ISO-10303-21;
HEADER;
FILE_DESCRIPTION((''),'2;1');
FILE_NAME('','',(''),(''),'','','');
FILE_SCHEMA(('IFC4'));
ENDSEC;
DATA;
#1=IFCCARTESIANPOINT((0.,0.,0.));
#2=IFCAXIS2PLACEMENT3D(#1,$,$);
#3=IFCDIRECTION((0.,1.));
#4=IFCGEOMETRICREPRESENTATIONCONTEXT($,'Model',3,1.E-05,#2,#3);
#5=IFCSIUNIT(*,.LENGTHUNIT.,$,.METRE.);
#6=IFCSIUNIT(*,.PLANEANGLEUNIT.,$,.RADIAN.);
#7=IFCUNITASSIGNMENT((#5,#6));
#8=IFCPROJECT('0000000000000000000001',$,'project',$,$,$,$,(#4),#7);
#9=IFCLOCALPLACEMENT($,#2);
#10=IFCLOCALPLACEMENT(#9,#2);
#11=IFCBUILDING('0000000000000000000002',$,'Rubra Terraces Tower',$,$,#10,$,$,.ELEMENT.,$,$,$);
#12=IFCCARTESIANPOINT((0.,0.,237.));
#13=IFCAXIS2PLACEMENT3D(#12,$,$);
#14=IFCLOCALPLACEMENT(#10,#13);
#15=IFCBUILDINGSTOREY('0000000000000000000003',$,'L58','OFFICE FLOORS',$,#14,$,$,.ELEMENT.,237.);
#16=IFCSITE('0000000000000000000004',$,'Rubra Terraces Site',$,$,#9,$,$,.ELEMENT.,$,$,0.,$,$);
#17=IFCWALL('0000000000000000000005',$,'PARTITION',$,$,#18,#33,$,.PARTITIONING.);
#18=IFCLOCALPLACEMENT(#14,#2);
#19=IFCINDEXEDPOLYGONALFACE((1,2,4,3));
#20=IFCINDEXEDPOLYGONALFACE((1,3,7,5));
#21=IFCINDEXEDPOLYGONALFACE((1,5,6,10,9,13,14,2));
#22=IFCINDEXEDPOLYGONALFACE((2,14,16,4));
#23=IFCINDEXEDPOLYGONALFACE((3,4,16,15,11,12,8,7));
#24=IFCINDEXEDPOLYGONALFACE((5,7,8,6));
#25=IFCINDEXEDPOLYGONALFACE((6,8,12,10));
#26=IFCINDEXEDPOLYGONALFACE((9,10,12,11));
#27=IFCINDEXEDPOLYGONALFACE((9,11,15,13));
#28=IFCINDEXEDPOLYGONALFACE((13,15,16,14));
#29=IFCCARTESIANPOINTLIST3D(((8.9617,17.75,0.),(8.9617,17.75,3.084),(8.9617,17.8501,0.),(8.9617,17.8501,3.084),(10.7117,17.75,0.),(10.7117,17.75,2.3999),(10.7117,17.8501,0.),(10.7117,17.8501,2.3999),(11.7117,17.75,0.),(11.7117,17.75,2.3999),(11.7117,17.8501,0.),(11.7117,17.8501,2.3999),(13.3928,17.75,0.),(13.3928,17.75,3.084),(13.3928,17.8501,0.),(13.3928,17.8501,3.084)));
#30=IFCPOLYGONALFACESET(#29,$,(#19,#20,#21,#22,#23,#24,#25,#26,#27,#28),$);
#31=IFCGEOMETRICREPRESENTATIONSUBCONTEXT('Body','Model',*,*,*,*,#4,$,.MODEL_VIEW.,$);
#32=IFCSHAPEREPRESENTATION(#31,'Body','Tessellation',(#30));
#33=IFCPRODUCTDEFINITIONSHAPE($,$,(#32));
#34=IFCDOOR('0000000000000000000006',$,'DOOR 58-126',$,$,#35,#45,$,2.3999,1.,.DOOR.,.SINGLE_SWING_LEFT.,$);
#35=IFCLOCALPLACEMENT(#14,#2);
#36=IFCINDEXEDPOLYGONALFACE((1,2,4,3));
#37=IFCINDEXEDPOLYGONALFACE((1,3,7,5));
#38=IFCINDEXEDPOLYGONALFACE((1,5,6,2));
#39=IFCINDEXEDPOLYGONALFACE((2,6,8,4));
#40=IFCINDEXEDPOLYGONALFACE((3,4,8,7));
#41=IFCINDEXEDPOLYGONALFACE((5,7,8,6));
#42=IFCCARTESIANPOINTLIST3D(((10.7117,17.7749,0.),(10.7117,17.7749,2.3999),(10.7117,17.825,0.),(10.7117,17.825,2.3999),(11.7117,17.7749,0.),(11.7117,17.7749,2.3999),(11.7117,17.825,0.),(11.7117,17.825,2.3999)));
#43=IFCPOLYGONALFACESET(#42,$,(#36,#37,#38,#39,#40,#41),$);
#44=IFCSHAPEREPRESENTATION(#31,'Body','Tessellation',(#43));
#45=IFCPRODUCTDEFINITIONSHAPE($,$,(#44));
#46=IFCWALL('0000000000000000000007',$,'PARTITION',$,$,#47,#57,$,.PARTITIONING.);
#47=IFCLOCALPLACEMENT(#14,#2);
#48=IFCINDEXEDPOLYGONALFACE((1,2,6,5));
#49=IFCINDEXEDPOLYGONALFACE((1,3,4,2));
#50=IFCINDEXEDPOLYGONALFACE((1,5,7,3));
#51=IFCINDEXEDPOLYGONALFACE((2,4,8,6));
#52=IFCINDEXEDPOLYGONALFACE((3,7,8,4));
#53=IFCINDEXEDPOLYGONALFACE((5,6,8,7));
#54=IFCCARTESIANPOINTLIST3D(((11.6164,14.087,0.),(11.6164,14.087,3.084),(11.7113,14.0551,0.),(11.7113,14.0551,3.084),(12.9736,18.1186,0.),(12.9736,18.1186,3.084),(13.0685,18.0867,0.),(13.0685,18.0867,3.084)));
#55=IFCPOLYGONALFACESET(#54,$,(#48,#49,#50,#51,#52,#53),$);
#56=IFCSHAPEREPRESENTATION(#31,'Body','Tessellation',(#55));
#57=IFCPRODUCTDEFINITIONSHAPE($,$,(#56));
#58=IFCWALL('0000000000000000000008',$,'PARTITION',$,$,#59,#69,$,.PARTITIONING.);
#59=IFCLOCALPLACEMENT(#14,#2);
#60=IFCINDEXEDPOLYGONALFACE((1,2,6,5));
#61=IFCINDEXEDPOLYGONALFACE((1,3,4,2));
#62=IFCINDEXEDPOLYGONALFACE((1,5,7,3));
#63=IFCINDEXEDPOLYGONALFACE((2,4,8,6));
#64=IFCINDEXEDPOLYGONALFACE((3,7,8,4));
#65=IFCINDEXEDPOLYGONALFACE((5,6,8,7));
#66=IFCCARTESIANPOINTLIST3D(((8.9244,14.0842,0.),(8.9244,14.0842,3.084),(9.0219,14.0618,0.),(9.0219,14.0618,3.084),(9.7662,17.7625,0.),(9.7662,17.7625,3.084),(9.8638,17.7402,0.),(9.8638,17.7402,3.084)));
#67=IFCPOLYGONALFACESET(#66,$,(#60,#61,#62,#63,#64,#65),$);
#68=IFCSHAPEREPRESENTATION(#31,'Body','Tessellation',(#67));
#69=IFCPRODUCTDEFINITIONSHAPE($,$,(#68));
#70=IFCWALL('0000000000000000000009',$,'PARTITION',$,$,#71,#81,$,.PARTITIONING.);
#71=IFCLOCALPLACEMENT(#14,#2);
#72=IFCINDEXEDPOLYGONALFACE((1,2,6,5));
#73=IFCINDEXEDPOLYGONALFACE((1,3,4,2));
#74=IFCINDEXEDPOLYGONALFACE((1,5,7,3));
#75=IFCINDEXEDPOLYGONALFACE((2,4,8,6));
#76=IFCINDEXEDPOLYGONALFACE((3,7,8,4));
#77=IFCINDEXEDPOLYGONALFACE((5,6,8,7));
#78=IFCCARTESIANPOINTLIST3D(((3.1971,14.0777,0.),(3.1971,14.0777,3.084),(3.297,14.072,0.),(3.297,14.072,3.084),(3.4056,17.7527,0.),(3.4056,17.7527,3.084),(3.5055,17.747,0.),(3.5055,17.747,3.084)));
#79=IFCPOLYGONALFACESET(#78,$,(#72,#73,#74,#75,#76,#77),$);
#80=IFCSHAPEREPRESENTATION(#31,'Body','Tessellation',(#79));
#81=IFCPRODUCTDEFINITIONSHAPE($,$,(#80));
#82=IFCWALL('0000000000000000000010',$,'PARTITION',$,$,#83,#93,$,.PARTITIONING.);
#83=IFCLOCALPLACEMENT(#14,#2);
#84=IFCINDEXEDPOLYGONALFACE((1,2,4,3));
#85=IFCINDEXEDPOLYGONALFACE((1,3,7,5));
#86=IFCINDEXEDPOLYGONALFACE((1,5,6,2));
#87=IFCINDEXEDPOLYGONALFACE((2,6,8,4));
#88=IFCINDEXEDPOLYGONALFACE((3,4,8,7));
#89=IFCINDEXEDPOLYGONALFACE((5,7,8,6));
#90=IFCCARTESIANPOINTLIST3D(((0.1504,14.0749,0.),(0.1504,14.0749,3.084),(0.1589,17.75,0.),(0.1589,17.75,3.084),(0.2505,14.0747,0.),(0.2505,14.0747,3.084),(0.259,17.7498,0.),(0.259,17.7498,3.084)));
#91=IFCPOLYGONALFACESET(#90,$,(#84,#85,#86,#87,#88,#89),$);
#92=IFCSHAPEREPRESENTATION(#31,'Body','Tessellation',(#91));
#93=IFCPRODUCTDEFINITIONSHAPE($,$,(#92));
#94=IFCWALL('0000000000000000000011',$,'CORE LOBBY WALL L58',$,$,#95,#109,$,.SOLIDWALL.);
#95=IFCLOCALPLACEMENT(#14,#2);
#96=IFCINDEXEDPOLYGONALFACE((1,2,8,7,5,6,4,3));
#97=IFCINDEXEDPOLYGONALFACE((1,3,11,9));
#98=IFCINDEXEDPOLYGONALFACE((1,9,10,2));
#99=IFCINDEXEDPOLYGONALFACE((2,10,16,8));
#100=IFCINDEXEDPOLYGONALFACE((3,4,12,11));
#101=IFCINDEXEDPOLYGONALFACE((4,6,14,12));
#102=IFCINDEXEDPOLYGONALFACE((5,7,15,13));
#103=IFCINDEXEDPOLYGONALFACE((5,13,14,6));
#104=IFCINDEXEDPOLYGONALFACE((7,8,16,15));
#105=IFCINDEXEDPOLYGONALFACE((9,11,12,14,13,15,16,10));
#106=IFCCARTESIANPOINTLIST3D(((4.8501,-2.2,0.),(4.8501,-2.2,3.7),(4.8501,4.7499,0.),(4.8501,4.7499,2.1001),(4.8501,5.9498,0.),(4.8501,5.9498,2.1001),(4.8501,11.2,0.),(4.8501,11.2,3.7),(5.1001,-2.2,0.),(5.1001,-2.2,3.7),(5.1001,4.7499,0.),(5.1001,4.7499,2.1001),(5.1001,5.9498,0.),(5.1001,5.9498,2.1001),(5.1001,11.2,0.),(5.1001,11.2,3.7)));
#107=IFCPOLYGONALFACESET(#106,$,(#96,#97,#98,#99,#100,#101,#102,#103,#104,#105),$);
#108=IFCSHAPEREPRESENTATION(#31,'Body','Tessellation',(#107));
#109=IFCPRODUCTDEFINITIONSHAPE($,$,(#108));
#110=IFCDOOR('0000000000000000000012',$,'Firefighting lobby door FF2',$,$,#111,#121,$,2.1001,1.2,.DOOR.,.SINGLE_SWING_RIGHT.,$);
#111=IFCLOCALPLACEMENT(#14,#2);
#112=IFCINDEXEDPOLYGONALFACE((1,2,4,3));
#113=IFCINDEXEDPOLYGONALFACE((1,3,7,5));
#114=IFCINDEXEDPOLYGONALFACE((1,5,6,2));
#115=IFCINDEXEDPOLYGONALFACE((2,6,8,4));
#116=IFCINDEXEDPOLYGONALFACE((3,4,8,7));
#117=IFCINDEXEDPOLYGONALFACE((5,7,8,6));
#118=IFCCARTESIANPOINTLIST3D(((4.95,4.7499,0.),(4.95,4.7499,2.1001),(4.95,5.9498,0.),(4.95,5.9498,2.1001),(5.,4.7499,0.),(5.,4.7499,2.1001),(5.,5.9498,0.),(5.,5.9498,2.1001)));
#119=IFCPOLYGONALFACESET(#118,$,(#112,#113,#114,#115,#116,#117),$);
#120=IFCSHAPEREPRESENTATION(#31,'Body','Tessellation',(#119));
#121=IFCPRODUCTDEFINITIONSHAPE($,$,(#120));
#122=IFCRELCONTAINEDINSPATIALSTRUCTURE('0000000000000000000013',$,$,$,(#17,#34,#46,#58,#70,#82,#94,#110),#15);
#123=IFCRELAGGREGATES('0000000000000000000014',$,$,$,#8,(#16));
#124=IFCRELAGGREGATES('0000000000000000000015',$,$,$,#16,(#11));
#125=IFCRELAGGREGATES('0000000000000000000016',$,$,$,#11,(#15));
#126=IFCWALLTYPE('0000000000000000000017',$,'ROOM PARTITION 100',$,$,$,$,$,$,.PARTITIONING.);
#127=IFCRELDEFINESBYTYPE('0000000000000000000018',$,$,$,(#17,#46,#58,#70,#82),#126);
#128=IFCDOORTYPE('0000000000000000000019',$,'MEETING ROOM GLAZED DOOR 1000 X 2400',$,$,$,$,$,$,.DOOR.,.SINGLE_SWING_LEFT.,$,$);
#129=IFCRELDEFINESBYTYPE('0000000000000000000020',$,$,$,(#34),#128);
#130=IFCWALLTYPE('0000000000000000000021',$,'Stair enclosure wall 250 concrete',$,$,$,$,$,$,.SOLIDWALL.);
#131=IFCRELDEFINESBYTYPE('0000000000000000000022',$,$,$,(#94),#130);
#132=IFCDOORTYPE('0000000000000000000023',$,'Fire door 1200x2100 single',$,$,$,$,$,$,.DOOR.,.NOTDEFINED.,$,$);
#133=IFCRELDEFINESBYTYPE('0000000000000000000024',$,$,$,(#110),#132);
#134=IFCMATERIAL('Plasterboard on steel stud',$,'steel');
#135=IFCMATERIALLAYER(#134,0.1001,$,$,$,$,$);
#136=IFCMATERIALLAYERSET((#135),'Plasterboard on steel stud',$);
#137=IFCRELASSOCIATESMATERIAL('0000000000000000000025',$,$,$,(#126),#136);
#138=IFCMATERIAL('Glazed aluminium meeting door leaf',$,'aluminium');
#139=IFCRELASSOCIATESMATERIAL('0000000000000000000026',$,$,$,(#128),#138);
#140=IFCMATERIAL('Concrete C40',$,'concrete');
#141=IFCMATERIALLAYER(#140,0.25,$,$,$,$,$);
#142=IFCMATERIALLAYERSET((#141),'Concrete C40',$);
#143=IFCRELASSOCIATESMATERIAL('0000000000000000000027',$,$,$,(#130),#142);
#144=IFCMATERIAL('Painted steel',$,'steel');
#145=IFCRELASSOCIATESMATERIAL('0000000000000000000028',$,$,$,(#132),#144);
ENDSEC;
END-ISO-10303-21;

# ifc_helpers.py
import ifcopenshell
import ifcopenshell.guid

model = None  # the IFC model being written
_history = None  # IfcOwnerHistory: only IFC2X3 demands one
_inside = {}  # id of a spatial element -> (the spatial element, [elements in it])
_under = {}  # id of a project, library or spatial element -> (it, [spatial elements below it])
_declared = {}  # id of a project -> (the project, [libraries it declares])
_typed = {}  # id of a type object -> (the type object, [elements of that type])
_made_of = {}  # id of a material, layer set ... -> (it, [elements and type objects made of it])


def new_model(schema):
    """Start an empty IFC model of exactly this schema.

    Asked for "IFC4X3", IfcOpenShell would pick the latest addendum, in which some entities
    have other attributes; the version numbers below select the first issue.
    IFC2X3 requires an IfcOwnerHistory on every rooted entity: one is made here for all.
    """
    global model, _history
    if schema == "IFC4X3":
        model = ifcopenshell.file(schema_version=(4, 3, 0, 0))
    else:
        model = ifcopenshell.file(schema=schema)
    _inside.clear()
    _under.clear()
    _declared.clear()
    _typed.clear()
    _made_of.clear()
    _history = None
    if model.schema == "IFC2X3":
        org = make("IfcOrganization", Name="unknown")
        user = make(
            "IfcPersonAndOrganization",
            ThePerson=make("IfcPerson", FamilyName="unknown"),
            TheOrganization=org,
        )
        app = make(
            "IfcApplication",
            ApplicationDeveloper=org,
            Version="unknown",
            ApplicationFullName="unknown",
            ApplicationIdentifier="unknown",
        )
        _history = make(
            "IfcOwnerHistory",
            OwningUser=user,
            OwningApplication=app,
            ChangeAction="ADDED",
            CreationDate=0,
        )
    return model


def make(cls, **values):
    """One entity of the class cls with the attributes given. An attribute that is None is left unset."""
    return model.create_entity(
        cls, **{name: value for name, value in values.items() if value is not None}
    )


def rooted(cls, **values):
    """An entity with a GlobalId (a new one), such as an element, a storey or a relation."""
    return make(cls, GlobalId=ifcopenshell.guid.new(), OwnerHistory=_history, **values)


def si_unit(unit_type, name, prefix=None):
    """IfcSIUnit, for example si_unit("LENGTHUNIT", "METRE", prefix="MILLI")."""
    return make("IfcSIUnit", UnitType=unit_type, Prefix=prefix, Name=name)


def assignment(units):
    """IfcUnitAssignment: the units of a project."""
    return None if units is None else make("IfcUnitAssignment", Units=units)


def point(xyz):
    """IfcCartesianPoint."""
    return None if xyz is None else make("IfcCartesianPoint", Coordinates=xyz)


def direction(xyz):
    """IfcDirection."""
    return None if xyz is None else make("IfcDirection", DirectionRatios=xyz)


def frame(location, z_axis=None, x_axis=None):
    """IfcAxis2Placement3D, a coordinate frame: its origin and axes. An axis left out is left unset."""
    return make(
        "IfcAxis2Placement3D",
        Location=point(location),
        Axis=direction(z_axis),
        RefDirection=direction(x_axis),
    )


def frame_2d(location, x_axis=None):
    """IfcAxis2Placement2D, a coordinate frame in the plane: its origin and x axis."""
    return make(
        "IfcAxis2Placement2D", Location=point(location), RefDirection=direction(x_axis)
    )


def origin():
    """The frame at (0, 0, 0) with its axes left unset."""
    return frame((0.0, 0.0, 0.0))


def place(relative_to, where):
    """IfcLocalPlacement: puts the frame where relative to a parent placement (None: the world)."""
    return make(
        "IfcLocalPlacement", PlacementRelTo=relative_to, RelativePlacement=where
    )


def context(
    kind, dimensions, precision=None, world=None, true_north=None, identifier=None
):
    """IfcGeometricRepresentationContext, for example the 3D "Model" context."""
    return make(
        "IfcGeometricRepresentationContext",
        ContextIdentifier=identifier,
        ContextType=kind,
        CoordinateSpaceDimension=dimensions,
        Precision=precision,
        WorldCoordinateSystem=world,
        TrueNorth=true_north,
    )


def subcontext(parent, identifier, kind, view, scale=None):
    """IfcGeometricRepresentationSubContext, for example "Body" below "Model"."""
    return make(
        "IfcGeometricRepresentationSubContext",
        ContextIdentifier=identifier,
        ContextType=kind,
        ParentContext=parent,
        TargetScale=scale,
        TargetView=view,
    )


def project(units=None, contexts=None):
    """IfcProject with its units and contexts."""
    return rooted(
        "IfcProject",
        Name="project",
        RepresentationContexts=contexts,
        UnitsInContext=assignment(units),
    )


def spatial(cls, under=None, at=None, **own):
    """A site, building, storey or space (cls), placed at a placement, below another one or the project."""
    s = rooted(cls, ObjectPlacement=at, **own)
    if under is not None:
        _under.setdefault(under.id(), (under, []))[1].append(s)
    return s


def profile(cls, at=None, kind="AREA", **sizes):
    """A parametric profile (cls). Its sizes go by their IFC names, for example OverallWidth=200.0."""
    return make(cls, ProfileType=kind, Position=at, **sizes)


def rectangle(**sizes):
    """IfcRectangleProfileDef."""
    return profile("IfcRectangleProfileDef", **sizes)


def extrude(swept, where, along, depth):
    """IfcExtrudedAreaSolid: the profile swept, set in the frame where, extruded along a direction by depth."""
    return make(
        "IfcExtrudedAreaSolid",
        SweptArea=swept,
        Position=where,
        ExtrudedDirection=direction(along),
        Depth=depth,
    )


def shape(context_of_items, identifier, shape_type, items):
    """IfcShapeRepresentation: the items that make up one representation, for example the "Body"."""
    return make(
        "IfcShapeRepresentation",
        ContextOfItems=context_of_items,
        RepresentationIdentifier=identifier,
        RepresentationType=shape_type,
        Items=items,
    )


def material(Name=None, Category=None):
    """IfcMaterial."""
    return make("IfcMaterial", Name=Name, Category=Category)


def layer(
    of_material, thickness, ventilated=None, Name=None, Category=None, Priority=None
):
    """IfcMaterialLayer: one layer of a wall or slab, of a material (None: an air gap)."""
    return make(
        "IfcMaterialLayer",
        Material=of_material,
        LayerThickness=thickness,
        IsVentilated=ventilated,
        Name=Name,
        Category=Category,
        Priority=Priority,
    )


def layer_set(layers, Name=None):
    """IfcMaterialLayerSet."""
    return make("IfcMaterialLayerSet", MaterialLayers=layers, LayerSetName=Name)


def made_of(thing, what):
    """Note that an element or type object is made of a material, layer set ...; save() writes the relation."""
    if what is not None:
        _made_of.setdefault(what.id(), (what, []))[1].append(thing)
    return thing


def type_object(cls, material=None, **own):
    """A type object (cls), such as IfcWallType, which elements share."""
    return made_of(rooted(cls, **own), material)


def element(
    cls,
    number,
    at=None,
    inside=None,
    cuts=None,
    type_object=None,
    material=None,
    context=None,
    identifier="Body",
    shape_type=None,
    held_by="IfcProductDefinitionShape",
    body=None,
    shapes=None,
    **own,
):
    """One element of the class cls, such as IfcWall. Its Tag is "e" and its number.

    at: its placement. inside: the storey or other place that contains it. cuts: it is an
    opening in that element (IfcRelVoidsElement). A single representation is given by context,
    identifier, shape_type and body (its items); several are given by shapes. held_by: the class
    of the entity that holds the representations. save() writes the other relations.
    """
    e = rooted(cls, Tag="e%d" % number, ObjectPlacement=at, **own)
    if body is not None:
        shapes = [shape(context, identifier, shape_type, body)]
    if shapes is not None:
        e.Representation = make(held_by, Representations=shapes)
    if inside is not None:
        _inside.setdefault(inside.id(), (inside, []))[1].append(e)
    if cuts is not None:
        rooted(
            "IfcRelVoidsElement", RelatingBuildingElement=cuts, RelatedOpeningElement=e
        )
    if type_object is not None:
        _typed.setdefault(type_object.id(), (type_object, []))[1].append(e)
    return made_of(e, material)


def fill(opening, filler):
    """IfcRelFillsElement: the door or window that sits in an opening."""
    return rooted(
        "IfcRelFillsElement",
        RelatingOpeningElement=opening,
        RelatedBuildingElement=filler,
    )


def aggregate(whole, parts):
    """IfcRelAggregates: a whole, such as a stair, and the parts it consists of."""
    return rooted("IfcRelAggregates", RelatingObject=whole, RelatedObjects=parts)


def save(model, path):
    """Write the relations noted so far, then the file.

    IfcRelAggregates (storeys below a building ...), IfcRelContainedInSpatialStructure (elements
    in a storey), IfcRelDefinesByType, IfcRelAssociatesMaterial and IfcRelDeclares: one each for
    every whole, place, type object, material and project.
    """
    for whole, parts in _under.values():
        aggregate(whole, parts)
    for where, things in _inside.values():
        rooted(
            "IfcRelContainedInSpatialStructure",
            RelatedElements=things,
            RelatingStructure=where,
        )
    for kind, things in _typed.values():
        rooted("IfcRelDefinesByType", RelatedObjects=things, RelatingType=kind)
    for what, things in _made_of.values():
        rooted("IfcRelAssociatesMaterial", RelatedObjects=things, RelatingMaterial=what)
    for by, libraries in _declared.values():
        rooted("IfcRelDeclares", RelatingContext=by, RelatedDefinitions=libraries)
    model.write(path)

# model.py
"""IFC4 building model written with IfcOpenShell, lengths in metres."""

from ifc_helpers import new_model, si_unit, direction, frame, frame_2d, origin, place, context, subcontext, project, spatial, rectangle, extrude, material, layer, layer_set, type_object, element, fill, save


model = new_model("IFC4")

# Units and contexts
model_context = context("Model", 3, precision=1e-05, world=origin(), true_north=direction((0.0, 1.0)))
body_context = subcontext(model_context, "Body", "Model", "MODEL_VIEW")
ifc_project = project(units=[si_unit("LENGTHUNIT", "METRE"), si_unit("PLANEANGLEUNIT", "RADIAN")], contexts=[model_context])

# Site, building, storey
site_placement = place(None, origin())
site = spatial("IfcSite", under=ifc_project, at=site_placement, Name="Rubra Terraces Site", CompositionType="ELEMENT", RefElevation=0.0)
building_placement = place(site_placement, origin())
building = spatial("IfcBuilding", under=site, at=building_placement, Name="Rubra Terraces Tower", CompositionType="ELEMENT")
storey_placement = place(building_placement, frame((0.0, 0.0, 237.0)))
storey = spatial("IfcBuildingStorey", under=building, at=storey_placement, Name="L58", Description="OFFICE FLOORS", CompositionType="ELEMENT", Elevation=237.0)

# Wall, opening, door
ifc_material_1 = material(Name="Plasterboard on steel stud", Category="steel")
ifc_layer_1 = layer(ifc_material_1, 0.1001)
ifc_layer_set_1 = layer_set([ifc_layer_1], Name="Plasterboard on steel stud")
wall_type_1 = type_object("IfcWallType", Name="ROOM PARTITION 100", PredefinedType="PARTITIONING", material=ifc_layer_set_1)
wall_1_placement = place(storey_placement, frame((8.9617, 17.8, 0.0), z_axis=(0.0, 0.0, 1.0), x_axis=(1.0, 0.0, 0.0)))
wall_1 = element("IfcWall", 1, at=wall_1_placement, inside=storey, type_object=wall_type_1, Name="PARTITION", PredefinedType="PARTITIONING", context=body_context, shape_type="SweptSolid", body=[
    extrude(rectangle(XDim=4.4312, YDim=0.1001, at=frame_2d((2.2156, 0.0))), origin(), (0.0, 0.0, 1.0), 3.084),
])
opening_1_placement = place(wall_1_placement, frame((1.75, 0.0, 0.0)))
opening_1 = element("IfcOpeningElement", 2, at=opening_1_placement, cuts=wall_1, PredefinedType="OPENING", context=body_context, shape_type="SweptSolid", body=[
    extrude(rectangle(XDim=1.0, YDim=2.3999, at=frame_2d((0.5, 1.2))), frame((0.0, 0.0601, 0.0), z_axis=(0.0, -1.0, 0.0), x_axis=(1.0, 0.0, 0.0)), (0.0, 0.0, 1.0), 0.1201),
])
ifc_material_2 = material(Name="Glazed aluminium meeting door leaf", Category="aluminium")
door_type_1 = type_object("IfcDoorType", Name="MEETING ROOM GLAZED DOOR 1000 X 2400", OperationType="SINGLE_SWING_LEFT", PredefinedType="DOOR", material=ifc_material_2)
door_1_placement = place(opening_1_placement, origin())
door_1 = element("IfcDoor", 3, at=door_1_placement, inside=storey, type_object=door_type_1, Name="DOOR 58-126", OperationType="SINGLE_SWING_LEFT", OverallHeight=2.3999, OverallWidth=1.0, PredefinedType="DOOR", context=body_context, shape_type="SweptSolid", body=[
    extrude(rectangle(XDim=1.0, YDim=2.3999, at=frame_2d((0.5, 1.2))), frame((0.0, 0.0249, 0.0), z_axis=(0.0, -1.0, 0.0), x_axis=(1.0, 0.0, 0.0)), (0.0, 0.0, 1.0), 0.05),
])
fill(opening_1, door_1)

# Walls
wall_2_placement = place(storey_placement, frame((11.6638, 14.071, 0.0), z_axis=(0.0, 0.0, 1.0), x_axis=(0.31905, 0.947738, 0.0)))
element("IfcWall", 4, at=wall_2_placement, inside=storey, type_object=wall_type_1, Name="PARTITION", PredefinedType="PARTITIONING", context=body_context, shape_type="SweptSolid", body=[
    extrude(rectangle(XDim=4.2539, YDim=0.1001, at=frame_2d((2.127, 0.0))), origin(), (0.0, 0.0, 1.0), 3.084),
])
wall_3_placement = place(storey_placement, frame((8.9731, 14.073, 0.0), z_axis=(0.0, 0.0, 1.0), x_axis=(0.223092, 0.974797, 0.0)))
element("IfcWall", 5, at=wall_3_placement, inside=storey, type_object=wall_type_1, Name="PARTITION", PredefinedType="PARTITIONING", context=body_context, shape_type="SweptSolid", body=[
    extrude(rectangle(XDim=3.7734, YDim=0.1001, at=frame_2d((1.8867, 0.0))), origin(), (0.0, 0.0, 1.0), 3.084),
])
wall_4_placement = place(storey_placement, frame((3.2471, 14.075, 0.0), z_axis=(0.0, 0.0, 1.0), x_axis=(0.056642, 0.998395, 0.0)))
element("IfcWall", 6, at=wall_4_placement, inside=storey, type_object=wall_type_1, Name="PARTITION", PredefinedType="PARTITIONING", context=body_context, shape_type="SweptSolid", body=[
    extrude(rectangle(XDim=3.6809, YDim=0.1001, at=frame_2d((1.8403, 0.0))), origin(), (0.0, 0.0, 1.0), 3.084),
])
wall_5_placement = place(storey_placement, frame((0.2004, 14.075, 0.0), z_axis=(0.0, 0.0, 1.0), x_axis=(0.002325, 0.999997, 0.0)))
element("IfcWall", 7, at=wall_5_placement, inside=storey, type_object=wall_type_1, Name="PARTITION", PredefinedType="PARTITIONING", context=body_context, shape_type="SweptSolid", body=[
    extrude(rectangle(XDim=3.675, YDim=0.1001, at=frame_2d((1.8374, 0.0))), origin(), (0.0, 0.0, 1.0), 3.084),
])

# Wall, opening, door
ifc_material_3 = material(Name="Concrete C40", Category="concrete")
ifc_layer_2 = layer(ifc_material_3, 0.25)
ifc_layer_set_2 = layer_set([ifc_layer_2], Name="Concrete C40")
wall_type_2 = type_object("IfcWallType", Name="Stair enclosure wall 250 concrete", PredefinedType="SOLIDWALL", material=ifc_layer_set_2)
wall_6_placement = place(storey_placement, frame((4.9751, 11.2, 0.0), z_axis=(0.0, 0.0, 1.0), x_axis=(0.0, -1.0, 0.0)))
wall_6 = element("IfcWall", 8, at=wall_6_placement, inside=storey, type_object=wall_type_2, Name="CORE LOBBY WALL L58", PredefinedType="SOLIDWALL", context=body_context, shape_type="SweptSolid", body=[
    extrude(rectangle(XDim=13.3999, YDim=0.25, at=frame_2d((6.7, 0.0))), origin(), (0.0, 0.0, 1.0), 3.7),
])
opening_2_placement = place(wall_6_placement, frame((5.25, 0.0, 0.0)))
opening_2 = element("IfcOpeningElement", 9, at=opening_2_placement, cuts=wall_6, PredefinedType="OPENING", context=body_context, shape_type="SweptSolid", body=[
    extrude(rectangle(XDim=1.2, YDim=2.1001, at=frame_2d((0.6001, 1.05))), frame((0.0, 0.135, 0.0), z_axis=(0.0, -1.0, 0.0), x_axis=(1.0, 0.0, 0.0)), (0.0, 0.0, 1.0), 0.27),
])
ifc_material_4 = material(Name="Painted steel", Category="steel")
door_type_2 = type_object("IfcDoorType", Name="Fire door 1200x2100 single", OperationType="NOTDEFINED", PredefinedType="DOOR", material=ifc_material_4)
door_2_placement = place(opening_2_placement, origin())
door_2 = element("IfcDoor", 10, at=door_2_placement, inside=storey, type_object=door_type_2, Name="Firefighting lobby door FF2", OperationType="SINGLE_SWING_RIGHT", OverallHeight=2.1001, OverallWidth=1.2, PredefinedType="DOOR", context=body_context, shape_type="SweptSolid", body=[
    extrude(rectangle(XDim=1.2, YDim=2.1001, at=frame_2d((0.6001, 1.05))), frame((0.0, 0.0249, 0.0), z_axis=(0.0, -1.0, 0.0), x_axis=(1.0, 0.0, 0.0)), (0.0, 0.0, 1.0), 0.05),
])
fill(opening_2, door_2)

save(model, "model.ifc")
